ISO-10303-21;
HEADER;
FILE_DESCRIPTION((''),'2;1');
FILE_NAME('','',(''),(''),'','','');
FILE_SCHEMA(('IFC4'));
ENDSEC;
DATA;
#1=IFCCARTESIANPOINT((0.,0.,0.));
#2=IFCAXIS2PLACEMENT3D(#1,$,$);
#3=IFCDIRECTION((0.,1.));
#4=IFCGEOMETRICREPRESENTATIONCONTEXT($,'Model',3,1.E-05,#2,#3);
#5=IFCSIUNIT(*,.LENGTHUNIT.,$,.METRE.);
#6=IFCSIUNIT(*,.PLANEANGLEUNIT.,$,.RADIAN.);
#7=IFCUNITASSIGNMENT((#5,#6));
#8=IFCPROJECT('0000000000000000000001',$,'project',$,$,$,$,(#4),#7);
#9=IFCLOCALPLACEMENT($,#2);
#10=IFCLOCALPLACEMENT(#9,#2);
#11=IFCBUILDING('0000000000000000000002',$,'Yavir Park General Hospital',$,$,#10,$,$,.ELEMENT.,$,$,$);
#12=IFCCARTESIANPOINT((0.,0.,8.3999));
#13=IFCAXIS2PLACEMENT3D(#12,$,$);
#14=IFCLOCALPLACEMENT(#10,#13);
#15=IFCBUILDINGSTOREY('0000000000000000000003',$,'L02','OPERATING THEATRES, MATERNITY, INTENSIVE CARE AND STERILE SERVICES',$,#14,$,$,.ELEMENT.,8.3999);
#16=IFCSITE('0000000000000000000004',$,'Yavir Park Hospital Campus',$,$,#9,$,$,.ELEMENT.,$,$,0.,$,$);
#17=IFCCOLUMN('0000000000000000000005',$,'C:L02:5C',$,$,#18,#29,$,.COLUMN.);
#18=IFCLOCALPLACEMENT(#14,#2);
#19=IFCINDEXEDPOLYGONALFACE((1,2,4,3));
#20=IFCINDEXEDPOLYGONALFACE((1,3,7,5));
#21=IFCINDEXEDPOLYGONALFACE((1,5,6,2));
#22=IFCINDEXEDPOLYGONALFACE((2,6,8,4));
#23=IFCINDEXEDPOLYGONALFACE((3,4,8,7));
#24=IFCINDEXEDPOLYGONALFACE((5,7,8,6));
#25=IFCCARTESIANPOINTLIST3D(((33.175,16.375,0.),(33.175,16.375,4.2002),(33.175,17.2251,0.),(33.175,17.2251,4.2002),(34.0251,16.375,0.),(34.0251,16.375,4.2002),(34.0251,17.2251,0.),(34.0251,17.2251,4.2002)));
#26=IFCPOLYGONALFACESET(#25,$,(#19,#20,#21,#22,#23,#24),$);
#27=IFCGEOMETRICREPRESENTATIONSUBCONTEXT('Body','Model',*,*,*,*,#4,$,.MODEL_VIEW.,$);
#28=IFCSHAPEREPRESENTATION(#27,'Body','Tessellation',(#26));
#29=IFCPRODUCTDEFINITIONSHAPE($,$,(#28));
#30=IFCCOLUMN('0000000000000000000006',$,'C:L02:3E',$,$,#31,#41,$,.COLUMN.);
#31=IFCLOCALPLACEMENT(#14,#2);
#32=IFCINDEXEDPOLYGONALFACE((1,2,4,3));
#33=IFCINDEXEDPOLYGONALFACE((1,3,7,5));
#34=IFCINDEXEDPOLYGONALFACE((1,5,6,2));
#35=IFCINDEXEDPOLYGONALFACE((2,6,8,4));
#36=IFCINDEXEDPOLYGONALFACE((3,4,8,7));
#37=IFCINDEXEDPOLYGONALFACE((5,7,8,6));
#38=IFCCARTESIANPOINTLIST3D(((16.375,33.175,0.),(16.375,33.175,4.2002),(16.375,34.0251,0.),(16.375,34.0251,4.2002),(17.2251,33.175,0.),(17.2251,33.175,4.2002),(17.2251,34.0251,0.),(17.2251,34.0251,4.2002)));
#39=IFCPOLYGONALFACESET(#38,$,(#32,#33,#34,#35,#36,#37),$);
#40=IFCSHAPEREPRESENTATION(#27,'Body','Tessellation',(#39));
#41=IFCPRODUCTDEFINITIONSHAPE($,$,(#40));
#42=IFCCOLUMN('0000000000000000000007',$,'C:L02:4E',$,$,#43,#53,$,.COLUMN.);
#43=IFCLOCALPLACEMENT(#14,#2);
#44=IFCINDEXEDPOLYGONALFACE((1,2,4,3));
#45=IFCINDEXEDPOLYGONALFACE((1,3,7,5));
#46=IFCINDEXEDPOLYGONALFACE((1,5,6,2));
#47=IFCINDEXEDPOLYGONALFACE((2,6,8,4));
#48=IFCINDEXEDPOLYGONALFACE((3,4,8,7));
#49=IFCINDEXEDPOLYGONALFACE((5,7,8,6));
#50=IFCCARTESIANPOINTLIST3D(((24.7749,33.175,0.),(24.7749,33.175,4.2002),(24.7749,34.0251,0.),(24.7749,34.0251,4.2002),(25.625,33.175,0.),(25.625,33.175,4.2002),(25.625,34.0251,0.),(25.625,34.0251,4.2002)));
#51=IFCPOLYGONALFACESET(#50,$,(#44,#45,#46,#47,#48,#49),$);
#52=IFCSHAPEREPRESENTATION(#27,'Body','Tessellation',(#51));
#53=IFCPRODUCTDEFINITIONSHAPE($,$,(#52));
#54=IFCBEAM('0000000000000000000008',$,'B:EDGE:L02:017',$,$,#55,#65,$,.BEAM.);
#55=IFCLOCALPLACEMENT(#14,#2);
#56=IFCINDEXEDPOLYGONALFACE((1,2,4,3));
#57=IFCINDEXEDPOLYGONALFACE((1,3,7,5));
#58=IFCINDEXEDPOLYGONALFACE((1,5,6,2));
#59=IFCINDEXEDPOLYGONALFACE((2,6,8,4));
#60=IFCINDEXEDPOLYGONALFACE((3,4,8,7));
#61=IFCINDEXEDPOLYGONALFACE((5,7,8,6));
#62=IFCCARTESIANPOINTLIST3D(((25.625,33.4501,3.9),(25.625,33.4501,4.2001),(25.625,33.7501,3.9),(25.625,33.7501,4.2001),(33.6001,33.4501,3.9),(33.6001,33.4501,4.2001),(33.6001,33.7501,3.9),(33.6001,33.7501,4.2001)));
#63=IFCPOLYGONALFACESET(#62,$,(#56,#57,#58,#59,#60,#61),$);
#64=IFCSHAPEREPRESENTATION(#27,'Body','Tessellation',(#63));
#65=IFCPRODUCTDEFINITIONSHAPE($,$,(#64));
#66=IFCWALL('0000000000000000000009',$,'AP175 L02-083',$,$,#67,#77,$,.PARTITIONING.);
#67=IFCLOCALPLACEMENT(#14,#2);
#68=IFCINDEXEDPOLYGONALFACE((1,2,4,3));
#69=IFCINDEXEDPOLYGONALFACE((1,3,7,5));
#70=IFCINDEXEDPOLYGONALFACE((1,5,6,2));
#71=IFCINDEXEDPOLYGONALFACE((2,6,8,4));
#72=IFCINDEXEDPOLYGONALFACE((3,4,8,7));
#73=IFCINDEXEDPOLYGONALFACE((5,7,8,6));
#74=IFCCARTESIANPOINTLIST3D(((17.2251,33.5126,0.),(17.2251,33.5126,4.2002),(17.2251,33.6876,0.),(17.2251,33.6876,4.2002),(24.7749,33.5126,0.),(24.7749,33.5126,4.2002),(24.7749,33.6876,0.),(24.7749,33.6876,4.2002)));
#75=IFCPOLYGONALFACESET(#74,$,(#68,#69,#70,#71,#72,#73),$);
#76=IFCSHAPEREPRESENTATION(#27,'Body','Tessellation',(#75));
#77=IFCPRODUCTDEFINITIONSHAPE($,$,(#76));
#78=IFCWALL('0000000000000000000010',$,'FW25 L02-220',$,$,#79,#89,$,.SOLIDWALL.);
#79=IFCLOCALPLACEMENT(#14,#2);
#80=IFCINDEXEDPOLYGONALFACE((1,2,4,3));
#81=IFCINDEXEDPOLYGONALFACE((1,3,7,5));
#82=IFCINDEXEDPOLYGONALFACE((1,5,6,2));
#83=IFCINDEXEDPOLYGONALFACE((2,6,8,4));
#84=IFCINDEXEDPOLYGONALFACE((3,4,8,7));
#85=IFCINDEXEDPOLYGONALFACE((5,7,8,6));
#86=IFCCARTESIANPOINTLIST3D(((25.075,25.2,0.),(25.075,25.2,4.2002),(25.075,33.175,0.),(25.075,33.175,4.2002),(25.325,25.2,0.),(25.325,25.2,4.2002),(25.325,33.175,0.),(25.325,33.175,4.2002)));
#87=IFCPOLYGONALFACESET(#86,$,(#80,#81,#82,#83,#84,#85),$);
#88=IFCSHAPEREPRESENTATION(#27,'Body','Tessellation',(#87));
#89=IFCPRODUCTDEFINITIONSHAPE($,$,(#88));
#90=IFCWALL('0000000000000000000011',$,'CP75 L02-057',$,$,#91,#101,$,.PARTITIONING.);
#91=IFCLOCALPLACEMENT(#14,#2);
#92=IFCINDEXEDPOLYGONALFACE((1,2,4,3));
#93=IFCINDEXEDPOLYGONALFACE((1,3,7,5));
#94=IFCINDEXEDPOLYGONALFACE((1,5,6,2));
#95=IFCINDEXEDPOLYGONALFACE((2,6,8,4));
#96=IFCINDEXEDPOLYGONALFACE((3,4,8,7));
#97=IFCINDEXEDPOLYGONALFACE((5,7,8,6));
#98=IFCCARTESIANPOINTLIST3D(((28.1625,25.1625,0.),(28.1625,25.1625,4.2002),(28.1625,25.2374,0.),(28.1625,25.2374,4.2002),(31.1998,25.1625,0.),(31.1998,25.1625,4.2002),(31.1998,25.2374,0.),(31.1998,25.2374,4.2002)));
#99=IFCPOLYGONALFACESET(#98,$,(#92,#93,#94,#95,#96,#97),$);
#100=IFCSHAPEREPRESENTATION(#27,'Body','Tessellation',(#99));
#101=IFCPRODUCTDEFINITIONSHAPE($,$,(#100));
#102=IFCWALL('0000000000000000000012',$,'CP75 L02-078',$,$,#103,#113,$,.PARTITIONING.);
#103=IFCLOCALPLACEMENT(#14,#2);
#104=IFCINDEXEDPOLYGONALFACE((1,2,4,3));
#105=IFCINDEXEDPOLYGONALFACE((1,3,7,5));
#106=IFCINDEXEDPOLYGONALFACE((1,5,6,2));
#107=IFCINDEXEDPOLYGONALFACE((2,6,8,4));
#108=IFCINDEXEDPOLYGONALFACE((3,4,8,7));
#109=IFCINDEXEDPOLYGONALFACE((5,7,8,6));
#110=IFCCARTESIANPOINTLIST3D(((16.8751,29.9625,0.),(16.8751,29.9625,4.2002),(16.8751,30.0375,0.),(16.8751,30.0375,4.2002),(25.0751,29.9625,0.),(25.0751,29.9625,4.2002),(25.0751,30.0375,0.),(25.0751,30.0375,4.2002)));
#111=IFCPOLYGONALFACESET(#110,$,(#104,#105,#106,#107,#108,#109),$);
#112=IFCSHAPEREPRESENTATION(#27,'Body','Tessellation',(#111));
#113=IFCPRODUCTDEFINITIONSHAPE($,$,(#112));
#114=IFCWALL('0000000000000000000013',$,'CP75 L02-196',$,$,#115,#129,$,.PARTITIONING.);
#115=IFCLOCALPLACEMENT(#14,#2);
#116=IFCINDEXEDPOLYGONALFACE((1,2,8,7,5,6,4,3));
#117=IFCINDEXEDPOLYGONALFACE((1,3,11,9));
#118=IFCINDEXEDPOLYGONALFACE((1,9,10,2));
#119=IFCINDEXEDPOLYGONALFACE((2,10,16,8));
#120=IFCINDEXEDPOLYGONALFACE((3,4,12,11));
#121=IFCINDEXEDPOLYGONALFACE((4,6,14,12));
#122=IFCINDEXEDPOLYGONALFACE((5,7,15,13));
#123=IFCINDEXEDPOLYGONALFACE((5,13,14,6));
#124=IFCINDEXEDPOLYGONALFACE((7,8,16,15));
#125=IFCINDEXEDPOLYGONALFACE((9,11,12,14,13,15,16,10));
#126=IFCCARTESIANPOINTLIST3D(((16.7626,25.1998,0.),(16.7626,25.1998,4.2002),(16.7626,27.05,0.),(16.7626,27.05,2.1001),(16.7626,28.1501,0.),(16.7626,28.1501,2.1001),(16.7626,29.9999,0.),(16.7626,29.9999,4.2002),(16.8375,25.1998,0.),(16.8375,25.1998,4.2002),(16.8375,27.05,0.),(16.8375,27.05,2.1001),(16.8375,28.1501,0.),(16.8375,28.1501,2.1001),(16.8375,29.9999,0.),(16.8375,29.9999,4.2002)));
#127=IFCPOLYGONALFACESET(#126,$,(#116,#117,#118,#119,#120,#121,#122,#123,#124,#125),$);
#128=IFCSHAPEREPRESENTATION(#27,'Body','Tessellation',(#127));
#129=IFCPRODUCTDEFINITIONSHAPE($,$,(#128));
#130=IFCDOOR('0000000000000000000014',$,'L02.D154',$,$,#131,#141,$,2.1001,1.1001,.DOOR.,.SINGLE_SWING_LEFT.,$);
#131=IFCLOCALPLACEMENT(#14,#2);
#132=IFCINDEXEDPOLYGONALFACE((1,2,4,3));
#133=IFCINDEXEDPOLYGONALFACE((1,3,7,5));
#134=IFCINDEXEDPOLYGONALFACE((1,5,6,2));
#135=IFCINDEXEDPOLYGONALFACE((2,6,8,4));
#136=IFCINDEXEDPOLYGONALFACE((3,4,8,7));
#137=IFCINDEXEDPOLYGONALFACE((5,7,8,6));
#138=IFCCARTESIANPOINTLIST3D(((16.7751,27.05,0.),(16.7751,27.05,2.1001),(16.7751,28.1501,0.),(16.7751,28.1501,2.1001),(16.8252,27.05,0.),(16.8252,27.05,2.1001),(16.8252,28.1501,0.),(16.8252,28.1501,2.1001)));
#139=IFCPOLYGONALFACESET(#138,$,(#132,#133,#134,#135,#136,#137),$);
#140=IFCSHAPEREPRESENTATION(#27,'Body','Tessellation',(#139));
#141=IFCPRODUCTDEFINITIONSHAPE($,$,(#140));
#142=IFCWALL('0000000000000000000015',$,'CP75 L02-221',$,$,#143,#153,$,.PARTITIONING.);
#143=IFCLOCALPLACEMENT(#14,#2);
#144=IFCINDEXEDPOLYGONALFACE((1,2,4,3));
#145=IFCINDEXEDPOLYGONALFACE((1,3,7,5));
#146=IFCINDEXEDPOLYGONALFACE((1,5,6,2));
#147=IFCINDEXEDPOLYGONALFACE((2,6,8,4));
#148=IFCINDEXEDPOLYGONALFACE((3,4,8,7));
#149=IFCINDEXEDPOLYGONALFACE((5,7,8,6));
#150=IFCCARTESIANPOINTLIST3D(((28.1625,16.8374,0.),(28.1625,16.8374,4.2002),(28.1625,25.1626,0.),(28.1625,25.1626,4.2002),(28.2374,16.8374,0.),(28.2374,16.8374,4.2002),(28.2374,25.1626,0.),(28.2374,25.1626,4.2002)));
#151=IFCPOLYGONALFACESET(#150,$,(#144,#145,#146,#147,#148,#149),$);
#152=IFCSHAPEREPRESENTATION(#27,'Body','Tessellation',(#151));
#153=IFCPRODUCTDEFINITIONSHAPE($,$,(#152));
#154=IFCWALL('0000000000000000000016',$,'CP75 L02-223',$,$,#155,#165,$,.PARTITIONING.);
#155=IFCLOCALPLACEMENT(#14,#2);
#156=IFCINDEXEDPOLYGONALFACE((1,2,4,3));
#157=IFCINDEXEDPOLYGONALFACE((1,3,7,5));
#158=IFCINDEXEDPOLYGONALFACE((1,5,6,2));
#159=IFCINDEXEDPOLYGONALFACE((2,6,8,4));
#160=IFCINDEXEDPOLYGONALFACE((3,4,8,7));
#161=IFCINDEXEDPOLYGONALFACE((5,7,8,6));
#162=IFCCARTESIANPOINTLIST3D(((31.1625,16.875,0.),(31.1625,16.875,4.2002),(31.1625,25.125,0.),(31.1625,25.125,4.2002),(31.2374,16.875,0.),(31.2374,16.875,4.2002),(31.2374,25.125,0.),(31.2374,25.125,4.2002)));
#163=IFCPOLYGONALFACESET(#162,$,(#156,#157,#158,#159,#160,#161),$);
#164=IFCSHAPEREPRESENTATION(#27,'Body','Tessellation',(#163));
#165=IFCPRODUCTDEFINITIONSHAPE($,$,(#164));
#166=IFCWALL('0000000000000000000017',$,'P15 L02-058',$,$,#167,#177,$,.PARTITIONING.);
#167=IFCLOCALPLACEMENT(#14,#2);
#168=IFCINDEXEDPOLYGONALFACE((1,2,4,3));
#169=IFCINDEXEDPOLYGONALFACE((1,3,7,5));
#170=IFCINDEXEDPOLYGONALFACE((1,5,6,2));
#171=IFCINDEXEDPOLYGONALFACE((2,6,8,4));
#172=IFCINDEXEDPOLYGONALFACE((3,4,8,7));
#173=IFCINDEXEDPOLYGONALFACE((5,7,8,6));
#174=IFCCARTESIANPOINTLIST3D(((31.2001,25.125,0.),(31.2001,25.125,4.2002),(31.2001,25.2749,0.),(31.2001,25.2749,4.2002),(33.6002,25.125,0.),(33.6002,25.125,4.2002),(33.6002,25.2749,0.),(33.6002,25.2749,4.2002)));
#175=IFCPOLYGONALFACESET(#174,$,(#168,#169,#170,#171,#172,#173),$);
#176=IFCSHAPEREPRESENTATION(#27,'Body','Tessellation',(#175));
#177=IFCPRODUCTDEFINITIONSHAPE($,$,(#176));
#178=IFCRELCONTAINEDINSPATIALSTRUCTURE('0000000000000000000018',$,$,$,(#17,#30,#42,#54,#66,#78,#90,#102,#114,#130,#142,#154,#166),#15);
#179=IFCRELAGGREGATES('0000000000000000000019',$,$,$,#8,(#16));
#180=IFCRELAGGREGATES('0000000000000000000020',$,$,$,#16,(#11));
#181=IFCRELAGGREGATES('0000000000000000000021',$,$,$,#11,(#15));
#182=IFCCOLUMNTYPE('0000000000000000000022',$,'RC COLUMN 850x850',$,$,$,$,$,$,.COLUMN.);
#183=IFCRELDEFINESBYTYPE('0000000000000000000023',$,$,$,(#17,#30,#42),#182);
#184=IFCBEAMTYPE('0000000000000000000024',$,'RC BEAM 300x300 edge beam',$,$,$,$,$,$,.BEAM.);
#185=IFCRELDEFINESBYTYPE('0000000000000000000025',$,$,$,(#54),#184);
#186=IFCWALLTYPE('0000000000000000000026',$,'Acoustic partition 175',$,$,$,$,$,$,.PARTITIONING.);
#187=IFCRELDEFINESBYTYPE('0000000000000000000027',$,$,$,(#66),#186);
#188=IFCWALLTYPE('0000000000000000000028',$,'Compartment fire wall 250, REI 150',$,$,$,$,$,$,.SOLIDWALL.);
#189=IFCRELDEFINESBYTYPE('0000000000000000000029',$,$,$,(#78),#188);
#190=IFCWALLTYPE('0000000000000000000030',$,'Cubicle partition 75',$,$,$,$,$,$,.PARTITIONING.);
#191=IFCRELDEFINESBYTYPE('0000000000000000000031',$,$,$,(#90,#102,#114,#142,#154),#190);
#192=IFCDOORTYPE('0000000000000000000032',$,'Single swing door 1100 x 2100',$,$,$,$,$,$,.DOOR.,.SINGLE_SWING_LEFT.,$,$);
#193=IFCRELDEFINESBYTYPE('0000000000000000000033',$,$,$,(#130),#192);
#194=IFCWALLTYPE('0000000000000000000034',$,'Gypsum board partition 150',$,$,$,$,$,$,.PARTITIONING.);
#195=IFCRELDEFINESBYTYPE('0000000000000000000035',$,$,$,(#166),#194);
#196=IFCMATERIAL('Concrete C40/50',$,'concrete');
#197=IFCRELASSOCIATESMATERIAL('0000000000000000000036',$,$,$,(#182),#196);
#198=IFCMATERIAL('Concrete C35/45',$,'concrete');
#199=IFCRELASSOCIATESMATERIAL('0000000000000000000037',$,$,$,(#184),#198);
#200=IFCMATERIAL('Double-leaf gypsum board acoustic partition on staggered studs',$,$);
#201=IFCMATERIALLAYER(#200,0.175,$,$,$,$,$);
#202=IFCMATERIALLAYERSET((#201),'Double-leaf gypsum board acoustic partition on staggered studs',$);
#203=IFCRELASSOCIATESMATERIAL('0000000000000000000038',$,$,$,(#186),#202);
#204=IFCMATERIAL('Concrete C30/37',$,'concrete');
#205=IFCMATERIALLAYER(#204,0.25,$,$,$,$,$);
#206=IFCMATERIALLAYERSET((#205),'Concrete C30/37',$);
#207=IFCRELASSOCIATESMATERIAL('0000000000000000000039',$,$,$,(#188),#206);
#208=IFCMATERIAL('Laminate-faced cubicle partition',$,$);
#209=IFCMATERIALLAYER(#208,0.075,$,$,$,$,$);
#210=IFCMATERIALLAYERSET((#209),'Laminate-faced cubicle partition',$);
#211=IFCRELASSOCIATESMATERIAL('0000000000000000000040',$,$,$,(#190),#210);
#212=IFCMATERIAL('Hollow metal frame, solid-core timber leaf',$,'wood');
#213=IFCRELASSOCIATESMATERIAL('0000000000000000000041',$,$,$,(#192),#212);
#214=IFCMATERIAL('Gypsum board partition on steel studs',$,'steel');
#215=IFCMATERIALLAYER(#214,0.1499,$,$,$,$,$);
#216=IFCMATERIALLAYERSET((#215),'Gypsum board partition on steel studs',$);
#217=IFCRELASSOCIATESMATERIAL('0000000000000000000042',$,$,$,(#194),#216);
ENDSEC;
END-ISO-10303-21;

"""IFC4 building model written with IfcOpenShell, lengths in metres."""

from ifc_helpers import new_model, si_unit, direction, frame, frame_2d, origin, origin_2d, place, context, subcontext, project, spatial, rectangle, extrude, material, layer, layer_set, material_profile, profile_set, type_object, element, fill, save


model = new_model("IFC4")

# Units and contexts
model_context = context("Model", 3, precision=1e-05, world=origin(), true_north=direction((0.0, 1.0)))
body_context = subcontext(model_context, "Body", "Model", "MODEL_VIEW")
ifc_project = project(units=[si_unit("LENGTHUNIT", "METRE"), si_unit("PLANEANGLEUNIT", "RADIAN")], contexts=[model_context])

# Site, building, storey
site_placement = place(None, origin())
site = spatial("IfcSite", under=ifc_project, at=site_placement, Name="Yavir Park Hospital Campus", CompositionType="ELEMENT", RefElevation=0.0)
building_placement = place(site_placement, origin())
building = spatial("IfcBuilding", under=site, at=building_placement, Name="Yavir Park General Hospital", CompositionType="ELEMENT")
storey_placement = place(building_placement, frame((0.0, 0.0, 8.3999)))
storey = spatial("IfcBuildingStorey", under=building, at=storey_placement, Name="L02", Description="OPERATING THEATRES, MATERNITY, INTENSIVE CARE AND STERILE SERVICES", CompositionType="ELEMENT", Elevation=8.3999)

# Columns
ifc_material_1 = material(Name="Concrete C40/50", Category="concrete")
ifc_material_profile_1 = material_profile(ifc_material_1, rectangle(XDim=0.8501, YDim=0.8501, at=origin_2d()), Name="RC850x850")
ifc_profile_set_1 = profile_set([ifc_material_profile_1], Name="Concrete C40/50")
column_type = type_object("IfcColumnType", Name="RC COLUMN 850x850", PredefinedType="COLUMN", material=ifc_profile_set_1)
for number, where, z_axis, x_axis, name in (
    (1, (33.6001, 16.8, 0.0), (0.0, 0.0, 1.0), (1.0, 0.0, 0.0), "C:L02:5C"),
    (2, (16.8, 33.6001, 0.0), (0.0, 0.0, 1.0), (1.0, 0.0, 0.0), "C:L02:3E"),
    (3, (25.2, 33.6001, 0.0), (0.0, 0.0, 1.0), (1.0, 0.0, 0.0), "C:L02:4E"),
):
    element("IfcColumn", number, at=place(storey_placement, frame(where, z_axis=z_axis, x_axis=x_axis)), inside=storey, type_object=column_type, Name=name, PredefinedType="COLUMN", context=body_context, shape_type="SweptSolid", body=[
        extrude(rectangle(XDim=0.8501, YDim=0.8501, at=origin_2d()), origin(), (0.0, 0.0, 1.0), 4.2002),
    ])

# Beam
ifc_material_2 = material(Name="Concrete C35/45", Category="concrete")
ifc_material_profile_2 = material_profile(ifc_material_2, rectangle(XDim=0.3, YDim=0.3, at=origin_2d()), Name="RC300x300")
ifc_profile_set_2 = profile_set([ifc_material_profile_2], Name="Concrete C35/45")
beam_type = type_object("IfcBeamType", Name="RC BEAM 300x300 edge beam", PredefinedType="BEAM", material=ifc_profile_set_2)
beam_placement = place(storey_placement, frame((25.625, 33.6001, 4.05), z_axis=(1.0, 0.0, 0.0), x_axis=(0.0, 1.0, 0.0)))
element("IfcBeam", 4, at=beam_placement, inside=storey, type_object=beam_type, Name="B:EDGE:L02:017", PredefinedType="BEAM", context=body_context, shape_type="SweptSolid", body=[
    extrude(rectangle(XDim=0.3, YDim=0.3, at=origin_2d()), origin(), (0.0, 0.0, 1.0), 7.9751),
])

# Walls
ifc_material_3 = material(Name="Double-leaf gypsum board acoustic partition on staggered studs")
ifc_layer_1 = layer(ifc_material_3, 0.175)
ifc_layer_set_1 = layer_set([ifc_layer_1], Name="Double-leaf gypsum board acoustic partition on staggered studs")
wall_type_1 = type_object("IfcWallType", Name="Acoustic partition 175", PredefinedType="PARTITIONING", material=ifc_layer_set_1)
wall_1_placement = place(storey_placement, frame((17.2251, 33.6001, 0.0), z_axis=(0.0, 0.0, 1.0), x_axis=(1.0, 0.0, 0.0)))
element("IfcWall", 5, at=wall_1_placement, inside=storey, type_object=wall_type_1, Name="AP175 L02-083", PredefinedType="PARTITIONING", context=body_context, shape_type="SweptSolid", body=[
    extrude(rectangle(XDim=7.5498, YDim=0.175, at=frame_2d((3.7749, 0.0))), origin(), (0.0, 0.0, 1.0), 4.2002),
])
ifc_material_4 = material(Name="Concrete C30/37", Category="concrete")
ifc_layer_2 = layer(ifc_material_4, 0.25)
ifc_layer_set_2 = layer_set([ifc_layer_2], Name="Concrete C30/37")
wall_type_2 = type_object("IfcWallType", Name="Compartment fire wall 250, REI 150", PredefinedType="SOLIDWALL", material=ifc_layer_set_2)
wall_2_placement = place(storey_placement, frame((25.2, 25.2, 0.0), z_axis=(0.0, 0.0, 1.0), x_axis=(0.0, 1.0, 0.0)))
element("IfcWall", 6, at=wall_2_placement, inside=storey, type_object=wall_type_2, Name="FW25 L02-220", PredefinedType="SOLIDWALL", context=body_context, shape_type="SweptSolid", body=[
    extrude(rectangle(XDim=7.9751, YDim=0.25, at=frame_2d((3.9875, 0.0))), origin(), (0.0, 0.0, 1.0), 4.2002),
])
ifc_material_5 = material(Name="Laminate-faced cubicle partition")
ifc_layer_3 = layer(ifc_material_5, 0.075)
ifc_layer_set_3 = layer_set([ifc_layer_3], Name="Laminate-faced cubicle partition")
wall_type_3 = type_object("IfcWallType", Name="Cubicle partition 75", PredefinedType="PARTITIONING", material=ifc_layer_set_3)
wall_3_placement = place(storey_placement, frame((28.1626, 25.2, 0.0), z_axis=(0.0, 0.0, 1.0), x_axis=(1.0, 0.0, 0.0)))
element("IfcWall", 7, at=wall_3_placement, inside=storey, type_object=wall_type_3, Name="CP75 L02-057", PredefinedType="PARTITIONING", context=body_context, shape_type="SweptSolid", body=[
    extrude(rectangle(XDim=3.0374, YDim=0.075, at=frame_2d((1.5186, 0.0))), origin(), (0.0, 0.0, 1.0), 4.2002),
])
wall_4_placement = place(storey_placement, frame((16.875, 30.0, 0.0), z_axis=(0.0, 0.0, 1.0), x_axis=(1.0, 0.0, 0.0)))
element("IfcWall", 8, at=wall_4_placement, inside=storey, type_object=wall_type_3, Name="CP75 L02-078", PredefinedType="PARTITIONING", context=body_context, shape_type="SweptSolid", body=[
    extrude(rectangle(XDim=8.2, YDim=0.075, at=frame_2d((4.1001, 0.0))), origin(), (0.0, 0.0, 1.0), 4.2002),
])

# Wall, opening, door
wall_5_placement = place(storey_placement, frame((16.8, 25.2, 0.0), z_axis=(0.0, 0.0, 1.0), x_axis=(0.0, 1.0, 0.0)))
wall_5 = element("IfcWall", 9, at=wall_5_placement, inside=storey, type_object=wall_type_3, Name="CP75 L02-196", PredefinedType="PARTITIONING", context=body_context, shape_type="SweptSolid", body=[
    extrude(rectangle(XDim=4.8, YDim=0.075, at=frame_2d((2.3999, 0.0))), origin(), (0.0, 0.0, 1.0), 4.2002),
])
opening_1_placement = place(wall_5_placement, frame((1.8501, 0.0, 0.0)))
opening_1 = element("IfcOpeningElement", 10, at=opening_1_placement, cuts=wall_5, PredefinedType="OPENING", context=body_context, shape_type="SweptSolid", body=[
    extrude(rectangle(XDim=1.1001, YDim=2.1001, at=frame_2d((0.55, 1.05))), frame((0.0, 0.0474, 0.0), z_axis=(0.0, -1.0, 0.0), x_axis=(1.0, 0.0, 0.0)), (0.0, 0.0, 1.0), 0.095),
])
ifc_material_6 = material(Name="Hollow metal frame, solid-core timber leaf", Category="wood")
door_type_1 = type_object("IfcDoorType", Name="Single swing door 1100 x 2100", OperationType="SINGLE_SWING_LEFT", PredefinedType="DOOR", material=ifc_material_6)
door_1_placement = place(opening_1_placement, origin())
door_1 = element("IfcDoor", 11, at=door_1_placement, inside=storey, type_object=door_type_1, Name="L02.D154", OperationType="SINGLE_SWING_LEFT", OverallHeight=2.1001, OverallWidth=1.1001, PredefinedType="DOOR", context=body_context, shape_type="SweptSolid", body=[
    extrude(rectangle(XDim=1.1001, YDim=2.1001, at=frame_2d((0.55, 1.05))), frame((0.0, 0.0249, 0.0), z_axis=(0.0, -1.0, 0.0), x_axis=(1.0, 0.0, 0.0)), (0.0, 0.0, 1.0), 0.05),
])
fill(opening_1, door_1)

# Walls
wall_6_placement = place(storey_placement, frame((28.2, 16.8374, 0.0), z_axis=(0.0, 0.0, 1.0), x_axis=(0.0, 1.0, 0.0)))
element("IfcWall", 12, at=wall_6_placement, inside=storey, type_object=wall_type_3, Name="CP75 L02-221", PredefinedType="PARTITIONING", context=body_context, shape_type="SweptSolid", body=[
    extrude(rectangle(XDim=8.3252, YDim=0.075, at=frame_2d((4.1626, 0.0))), origin(), (0.0, 0.0, 1.0), 4.2002),
])
wall_7_placement = place(storey_placement, frame((31.2, 16.875, 0.0), z_axis=(0.0, 0.0, 1.0), x_axis=(0.0, 1.0, 0.0)))
element("IfcWall", 13, at=wall_7_placement, inside=storey, type_object=wall_type_3, Name="CP75 L02-223", PredefinedType="PARTITIONING", context=body_context, shape_type="SweptSolid", body=[
    extrude(rectangle(XDim=8.25, YDim=0.075, at=frame_2d((4.125, 0.0))), origin(), (0.0, 0.0, 1.0), 4.2002),
])
ifc_material_7 = material(Name="Gypsum board partition on steel studs", Category="steel")
ifc_layer_4 = layer(ifc_material_7, 0.1499)
ifc_layer_set_4 = layer_set([ifc_layer_4], Name="Gypsum board partition on steel studs")
wall_type_4 = type_object("IfcWallType", Name="Gypsum board partition 150", PredefinedType="PARTITIONING", material=ifc_layer_set_4)
wall_8_placement = place(storey_placement, frame((31.2, 25.2, 0.0), z_axis=(0.0, 0.0, 1.0), x_axis=(1.0, 0.0, 0.0)))
element("IfcWall", 14, at=wall_8_placement, inside=storey, type_object=wall_type_4, Name="P15 L02-058", PredefinedType="PARTITIONING", context=body_context, shape_type="SweptSolid", body=[
    extrude(rectangle(XDim=2.4001, YDim=0.1499, at=frame_2d((1.2002, 0.0))), origin(), (0.0, 0.0, 1.0), 4.2002),
])

save(model, "model.ifc")
